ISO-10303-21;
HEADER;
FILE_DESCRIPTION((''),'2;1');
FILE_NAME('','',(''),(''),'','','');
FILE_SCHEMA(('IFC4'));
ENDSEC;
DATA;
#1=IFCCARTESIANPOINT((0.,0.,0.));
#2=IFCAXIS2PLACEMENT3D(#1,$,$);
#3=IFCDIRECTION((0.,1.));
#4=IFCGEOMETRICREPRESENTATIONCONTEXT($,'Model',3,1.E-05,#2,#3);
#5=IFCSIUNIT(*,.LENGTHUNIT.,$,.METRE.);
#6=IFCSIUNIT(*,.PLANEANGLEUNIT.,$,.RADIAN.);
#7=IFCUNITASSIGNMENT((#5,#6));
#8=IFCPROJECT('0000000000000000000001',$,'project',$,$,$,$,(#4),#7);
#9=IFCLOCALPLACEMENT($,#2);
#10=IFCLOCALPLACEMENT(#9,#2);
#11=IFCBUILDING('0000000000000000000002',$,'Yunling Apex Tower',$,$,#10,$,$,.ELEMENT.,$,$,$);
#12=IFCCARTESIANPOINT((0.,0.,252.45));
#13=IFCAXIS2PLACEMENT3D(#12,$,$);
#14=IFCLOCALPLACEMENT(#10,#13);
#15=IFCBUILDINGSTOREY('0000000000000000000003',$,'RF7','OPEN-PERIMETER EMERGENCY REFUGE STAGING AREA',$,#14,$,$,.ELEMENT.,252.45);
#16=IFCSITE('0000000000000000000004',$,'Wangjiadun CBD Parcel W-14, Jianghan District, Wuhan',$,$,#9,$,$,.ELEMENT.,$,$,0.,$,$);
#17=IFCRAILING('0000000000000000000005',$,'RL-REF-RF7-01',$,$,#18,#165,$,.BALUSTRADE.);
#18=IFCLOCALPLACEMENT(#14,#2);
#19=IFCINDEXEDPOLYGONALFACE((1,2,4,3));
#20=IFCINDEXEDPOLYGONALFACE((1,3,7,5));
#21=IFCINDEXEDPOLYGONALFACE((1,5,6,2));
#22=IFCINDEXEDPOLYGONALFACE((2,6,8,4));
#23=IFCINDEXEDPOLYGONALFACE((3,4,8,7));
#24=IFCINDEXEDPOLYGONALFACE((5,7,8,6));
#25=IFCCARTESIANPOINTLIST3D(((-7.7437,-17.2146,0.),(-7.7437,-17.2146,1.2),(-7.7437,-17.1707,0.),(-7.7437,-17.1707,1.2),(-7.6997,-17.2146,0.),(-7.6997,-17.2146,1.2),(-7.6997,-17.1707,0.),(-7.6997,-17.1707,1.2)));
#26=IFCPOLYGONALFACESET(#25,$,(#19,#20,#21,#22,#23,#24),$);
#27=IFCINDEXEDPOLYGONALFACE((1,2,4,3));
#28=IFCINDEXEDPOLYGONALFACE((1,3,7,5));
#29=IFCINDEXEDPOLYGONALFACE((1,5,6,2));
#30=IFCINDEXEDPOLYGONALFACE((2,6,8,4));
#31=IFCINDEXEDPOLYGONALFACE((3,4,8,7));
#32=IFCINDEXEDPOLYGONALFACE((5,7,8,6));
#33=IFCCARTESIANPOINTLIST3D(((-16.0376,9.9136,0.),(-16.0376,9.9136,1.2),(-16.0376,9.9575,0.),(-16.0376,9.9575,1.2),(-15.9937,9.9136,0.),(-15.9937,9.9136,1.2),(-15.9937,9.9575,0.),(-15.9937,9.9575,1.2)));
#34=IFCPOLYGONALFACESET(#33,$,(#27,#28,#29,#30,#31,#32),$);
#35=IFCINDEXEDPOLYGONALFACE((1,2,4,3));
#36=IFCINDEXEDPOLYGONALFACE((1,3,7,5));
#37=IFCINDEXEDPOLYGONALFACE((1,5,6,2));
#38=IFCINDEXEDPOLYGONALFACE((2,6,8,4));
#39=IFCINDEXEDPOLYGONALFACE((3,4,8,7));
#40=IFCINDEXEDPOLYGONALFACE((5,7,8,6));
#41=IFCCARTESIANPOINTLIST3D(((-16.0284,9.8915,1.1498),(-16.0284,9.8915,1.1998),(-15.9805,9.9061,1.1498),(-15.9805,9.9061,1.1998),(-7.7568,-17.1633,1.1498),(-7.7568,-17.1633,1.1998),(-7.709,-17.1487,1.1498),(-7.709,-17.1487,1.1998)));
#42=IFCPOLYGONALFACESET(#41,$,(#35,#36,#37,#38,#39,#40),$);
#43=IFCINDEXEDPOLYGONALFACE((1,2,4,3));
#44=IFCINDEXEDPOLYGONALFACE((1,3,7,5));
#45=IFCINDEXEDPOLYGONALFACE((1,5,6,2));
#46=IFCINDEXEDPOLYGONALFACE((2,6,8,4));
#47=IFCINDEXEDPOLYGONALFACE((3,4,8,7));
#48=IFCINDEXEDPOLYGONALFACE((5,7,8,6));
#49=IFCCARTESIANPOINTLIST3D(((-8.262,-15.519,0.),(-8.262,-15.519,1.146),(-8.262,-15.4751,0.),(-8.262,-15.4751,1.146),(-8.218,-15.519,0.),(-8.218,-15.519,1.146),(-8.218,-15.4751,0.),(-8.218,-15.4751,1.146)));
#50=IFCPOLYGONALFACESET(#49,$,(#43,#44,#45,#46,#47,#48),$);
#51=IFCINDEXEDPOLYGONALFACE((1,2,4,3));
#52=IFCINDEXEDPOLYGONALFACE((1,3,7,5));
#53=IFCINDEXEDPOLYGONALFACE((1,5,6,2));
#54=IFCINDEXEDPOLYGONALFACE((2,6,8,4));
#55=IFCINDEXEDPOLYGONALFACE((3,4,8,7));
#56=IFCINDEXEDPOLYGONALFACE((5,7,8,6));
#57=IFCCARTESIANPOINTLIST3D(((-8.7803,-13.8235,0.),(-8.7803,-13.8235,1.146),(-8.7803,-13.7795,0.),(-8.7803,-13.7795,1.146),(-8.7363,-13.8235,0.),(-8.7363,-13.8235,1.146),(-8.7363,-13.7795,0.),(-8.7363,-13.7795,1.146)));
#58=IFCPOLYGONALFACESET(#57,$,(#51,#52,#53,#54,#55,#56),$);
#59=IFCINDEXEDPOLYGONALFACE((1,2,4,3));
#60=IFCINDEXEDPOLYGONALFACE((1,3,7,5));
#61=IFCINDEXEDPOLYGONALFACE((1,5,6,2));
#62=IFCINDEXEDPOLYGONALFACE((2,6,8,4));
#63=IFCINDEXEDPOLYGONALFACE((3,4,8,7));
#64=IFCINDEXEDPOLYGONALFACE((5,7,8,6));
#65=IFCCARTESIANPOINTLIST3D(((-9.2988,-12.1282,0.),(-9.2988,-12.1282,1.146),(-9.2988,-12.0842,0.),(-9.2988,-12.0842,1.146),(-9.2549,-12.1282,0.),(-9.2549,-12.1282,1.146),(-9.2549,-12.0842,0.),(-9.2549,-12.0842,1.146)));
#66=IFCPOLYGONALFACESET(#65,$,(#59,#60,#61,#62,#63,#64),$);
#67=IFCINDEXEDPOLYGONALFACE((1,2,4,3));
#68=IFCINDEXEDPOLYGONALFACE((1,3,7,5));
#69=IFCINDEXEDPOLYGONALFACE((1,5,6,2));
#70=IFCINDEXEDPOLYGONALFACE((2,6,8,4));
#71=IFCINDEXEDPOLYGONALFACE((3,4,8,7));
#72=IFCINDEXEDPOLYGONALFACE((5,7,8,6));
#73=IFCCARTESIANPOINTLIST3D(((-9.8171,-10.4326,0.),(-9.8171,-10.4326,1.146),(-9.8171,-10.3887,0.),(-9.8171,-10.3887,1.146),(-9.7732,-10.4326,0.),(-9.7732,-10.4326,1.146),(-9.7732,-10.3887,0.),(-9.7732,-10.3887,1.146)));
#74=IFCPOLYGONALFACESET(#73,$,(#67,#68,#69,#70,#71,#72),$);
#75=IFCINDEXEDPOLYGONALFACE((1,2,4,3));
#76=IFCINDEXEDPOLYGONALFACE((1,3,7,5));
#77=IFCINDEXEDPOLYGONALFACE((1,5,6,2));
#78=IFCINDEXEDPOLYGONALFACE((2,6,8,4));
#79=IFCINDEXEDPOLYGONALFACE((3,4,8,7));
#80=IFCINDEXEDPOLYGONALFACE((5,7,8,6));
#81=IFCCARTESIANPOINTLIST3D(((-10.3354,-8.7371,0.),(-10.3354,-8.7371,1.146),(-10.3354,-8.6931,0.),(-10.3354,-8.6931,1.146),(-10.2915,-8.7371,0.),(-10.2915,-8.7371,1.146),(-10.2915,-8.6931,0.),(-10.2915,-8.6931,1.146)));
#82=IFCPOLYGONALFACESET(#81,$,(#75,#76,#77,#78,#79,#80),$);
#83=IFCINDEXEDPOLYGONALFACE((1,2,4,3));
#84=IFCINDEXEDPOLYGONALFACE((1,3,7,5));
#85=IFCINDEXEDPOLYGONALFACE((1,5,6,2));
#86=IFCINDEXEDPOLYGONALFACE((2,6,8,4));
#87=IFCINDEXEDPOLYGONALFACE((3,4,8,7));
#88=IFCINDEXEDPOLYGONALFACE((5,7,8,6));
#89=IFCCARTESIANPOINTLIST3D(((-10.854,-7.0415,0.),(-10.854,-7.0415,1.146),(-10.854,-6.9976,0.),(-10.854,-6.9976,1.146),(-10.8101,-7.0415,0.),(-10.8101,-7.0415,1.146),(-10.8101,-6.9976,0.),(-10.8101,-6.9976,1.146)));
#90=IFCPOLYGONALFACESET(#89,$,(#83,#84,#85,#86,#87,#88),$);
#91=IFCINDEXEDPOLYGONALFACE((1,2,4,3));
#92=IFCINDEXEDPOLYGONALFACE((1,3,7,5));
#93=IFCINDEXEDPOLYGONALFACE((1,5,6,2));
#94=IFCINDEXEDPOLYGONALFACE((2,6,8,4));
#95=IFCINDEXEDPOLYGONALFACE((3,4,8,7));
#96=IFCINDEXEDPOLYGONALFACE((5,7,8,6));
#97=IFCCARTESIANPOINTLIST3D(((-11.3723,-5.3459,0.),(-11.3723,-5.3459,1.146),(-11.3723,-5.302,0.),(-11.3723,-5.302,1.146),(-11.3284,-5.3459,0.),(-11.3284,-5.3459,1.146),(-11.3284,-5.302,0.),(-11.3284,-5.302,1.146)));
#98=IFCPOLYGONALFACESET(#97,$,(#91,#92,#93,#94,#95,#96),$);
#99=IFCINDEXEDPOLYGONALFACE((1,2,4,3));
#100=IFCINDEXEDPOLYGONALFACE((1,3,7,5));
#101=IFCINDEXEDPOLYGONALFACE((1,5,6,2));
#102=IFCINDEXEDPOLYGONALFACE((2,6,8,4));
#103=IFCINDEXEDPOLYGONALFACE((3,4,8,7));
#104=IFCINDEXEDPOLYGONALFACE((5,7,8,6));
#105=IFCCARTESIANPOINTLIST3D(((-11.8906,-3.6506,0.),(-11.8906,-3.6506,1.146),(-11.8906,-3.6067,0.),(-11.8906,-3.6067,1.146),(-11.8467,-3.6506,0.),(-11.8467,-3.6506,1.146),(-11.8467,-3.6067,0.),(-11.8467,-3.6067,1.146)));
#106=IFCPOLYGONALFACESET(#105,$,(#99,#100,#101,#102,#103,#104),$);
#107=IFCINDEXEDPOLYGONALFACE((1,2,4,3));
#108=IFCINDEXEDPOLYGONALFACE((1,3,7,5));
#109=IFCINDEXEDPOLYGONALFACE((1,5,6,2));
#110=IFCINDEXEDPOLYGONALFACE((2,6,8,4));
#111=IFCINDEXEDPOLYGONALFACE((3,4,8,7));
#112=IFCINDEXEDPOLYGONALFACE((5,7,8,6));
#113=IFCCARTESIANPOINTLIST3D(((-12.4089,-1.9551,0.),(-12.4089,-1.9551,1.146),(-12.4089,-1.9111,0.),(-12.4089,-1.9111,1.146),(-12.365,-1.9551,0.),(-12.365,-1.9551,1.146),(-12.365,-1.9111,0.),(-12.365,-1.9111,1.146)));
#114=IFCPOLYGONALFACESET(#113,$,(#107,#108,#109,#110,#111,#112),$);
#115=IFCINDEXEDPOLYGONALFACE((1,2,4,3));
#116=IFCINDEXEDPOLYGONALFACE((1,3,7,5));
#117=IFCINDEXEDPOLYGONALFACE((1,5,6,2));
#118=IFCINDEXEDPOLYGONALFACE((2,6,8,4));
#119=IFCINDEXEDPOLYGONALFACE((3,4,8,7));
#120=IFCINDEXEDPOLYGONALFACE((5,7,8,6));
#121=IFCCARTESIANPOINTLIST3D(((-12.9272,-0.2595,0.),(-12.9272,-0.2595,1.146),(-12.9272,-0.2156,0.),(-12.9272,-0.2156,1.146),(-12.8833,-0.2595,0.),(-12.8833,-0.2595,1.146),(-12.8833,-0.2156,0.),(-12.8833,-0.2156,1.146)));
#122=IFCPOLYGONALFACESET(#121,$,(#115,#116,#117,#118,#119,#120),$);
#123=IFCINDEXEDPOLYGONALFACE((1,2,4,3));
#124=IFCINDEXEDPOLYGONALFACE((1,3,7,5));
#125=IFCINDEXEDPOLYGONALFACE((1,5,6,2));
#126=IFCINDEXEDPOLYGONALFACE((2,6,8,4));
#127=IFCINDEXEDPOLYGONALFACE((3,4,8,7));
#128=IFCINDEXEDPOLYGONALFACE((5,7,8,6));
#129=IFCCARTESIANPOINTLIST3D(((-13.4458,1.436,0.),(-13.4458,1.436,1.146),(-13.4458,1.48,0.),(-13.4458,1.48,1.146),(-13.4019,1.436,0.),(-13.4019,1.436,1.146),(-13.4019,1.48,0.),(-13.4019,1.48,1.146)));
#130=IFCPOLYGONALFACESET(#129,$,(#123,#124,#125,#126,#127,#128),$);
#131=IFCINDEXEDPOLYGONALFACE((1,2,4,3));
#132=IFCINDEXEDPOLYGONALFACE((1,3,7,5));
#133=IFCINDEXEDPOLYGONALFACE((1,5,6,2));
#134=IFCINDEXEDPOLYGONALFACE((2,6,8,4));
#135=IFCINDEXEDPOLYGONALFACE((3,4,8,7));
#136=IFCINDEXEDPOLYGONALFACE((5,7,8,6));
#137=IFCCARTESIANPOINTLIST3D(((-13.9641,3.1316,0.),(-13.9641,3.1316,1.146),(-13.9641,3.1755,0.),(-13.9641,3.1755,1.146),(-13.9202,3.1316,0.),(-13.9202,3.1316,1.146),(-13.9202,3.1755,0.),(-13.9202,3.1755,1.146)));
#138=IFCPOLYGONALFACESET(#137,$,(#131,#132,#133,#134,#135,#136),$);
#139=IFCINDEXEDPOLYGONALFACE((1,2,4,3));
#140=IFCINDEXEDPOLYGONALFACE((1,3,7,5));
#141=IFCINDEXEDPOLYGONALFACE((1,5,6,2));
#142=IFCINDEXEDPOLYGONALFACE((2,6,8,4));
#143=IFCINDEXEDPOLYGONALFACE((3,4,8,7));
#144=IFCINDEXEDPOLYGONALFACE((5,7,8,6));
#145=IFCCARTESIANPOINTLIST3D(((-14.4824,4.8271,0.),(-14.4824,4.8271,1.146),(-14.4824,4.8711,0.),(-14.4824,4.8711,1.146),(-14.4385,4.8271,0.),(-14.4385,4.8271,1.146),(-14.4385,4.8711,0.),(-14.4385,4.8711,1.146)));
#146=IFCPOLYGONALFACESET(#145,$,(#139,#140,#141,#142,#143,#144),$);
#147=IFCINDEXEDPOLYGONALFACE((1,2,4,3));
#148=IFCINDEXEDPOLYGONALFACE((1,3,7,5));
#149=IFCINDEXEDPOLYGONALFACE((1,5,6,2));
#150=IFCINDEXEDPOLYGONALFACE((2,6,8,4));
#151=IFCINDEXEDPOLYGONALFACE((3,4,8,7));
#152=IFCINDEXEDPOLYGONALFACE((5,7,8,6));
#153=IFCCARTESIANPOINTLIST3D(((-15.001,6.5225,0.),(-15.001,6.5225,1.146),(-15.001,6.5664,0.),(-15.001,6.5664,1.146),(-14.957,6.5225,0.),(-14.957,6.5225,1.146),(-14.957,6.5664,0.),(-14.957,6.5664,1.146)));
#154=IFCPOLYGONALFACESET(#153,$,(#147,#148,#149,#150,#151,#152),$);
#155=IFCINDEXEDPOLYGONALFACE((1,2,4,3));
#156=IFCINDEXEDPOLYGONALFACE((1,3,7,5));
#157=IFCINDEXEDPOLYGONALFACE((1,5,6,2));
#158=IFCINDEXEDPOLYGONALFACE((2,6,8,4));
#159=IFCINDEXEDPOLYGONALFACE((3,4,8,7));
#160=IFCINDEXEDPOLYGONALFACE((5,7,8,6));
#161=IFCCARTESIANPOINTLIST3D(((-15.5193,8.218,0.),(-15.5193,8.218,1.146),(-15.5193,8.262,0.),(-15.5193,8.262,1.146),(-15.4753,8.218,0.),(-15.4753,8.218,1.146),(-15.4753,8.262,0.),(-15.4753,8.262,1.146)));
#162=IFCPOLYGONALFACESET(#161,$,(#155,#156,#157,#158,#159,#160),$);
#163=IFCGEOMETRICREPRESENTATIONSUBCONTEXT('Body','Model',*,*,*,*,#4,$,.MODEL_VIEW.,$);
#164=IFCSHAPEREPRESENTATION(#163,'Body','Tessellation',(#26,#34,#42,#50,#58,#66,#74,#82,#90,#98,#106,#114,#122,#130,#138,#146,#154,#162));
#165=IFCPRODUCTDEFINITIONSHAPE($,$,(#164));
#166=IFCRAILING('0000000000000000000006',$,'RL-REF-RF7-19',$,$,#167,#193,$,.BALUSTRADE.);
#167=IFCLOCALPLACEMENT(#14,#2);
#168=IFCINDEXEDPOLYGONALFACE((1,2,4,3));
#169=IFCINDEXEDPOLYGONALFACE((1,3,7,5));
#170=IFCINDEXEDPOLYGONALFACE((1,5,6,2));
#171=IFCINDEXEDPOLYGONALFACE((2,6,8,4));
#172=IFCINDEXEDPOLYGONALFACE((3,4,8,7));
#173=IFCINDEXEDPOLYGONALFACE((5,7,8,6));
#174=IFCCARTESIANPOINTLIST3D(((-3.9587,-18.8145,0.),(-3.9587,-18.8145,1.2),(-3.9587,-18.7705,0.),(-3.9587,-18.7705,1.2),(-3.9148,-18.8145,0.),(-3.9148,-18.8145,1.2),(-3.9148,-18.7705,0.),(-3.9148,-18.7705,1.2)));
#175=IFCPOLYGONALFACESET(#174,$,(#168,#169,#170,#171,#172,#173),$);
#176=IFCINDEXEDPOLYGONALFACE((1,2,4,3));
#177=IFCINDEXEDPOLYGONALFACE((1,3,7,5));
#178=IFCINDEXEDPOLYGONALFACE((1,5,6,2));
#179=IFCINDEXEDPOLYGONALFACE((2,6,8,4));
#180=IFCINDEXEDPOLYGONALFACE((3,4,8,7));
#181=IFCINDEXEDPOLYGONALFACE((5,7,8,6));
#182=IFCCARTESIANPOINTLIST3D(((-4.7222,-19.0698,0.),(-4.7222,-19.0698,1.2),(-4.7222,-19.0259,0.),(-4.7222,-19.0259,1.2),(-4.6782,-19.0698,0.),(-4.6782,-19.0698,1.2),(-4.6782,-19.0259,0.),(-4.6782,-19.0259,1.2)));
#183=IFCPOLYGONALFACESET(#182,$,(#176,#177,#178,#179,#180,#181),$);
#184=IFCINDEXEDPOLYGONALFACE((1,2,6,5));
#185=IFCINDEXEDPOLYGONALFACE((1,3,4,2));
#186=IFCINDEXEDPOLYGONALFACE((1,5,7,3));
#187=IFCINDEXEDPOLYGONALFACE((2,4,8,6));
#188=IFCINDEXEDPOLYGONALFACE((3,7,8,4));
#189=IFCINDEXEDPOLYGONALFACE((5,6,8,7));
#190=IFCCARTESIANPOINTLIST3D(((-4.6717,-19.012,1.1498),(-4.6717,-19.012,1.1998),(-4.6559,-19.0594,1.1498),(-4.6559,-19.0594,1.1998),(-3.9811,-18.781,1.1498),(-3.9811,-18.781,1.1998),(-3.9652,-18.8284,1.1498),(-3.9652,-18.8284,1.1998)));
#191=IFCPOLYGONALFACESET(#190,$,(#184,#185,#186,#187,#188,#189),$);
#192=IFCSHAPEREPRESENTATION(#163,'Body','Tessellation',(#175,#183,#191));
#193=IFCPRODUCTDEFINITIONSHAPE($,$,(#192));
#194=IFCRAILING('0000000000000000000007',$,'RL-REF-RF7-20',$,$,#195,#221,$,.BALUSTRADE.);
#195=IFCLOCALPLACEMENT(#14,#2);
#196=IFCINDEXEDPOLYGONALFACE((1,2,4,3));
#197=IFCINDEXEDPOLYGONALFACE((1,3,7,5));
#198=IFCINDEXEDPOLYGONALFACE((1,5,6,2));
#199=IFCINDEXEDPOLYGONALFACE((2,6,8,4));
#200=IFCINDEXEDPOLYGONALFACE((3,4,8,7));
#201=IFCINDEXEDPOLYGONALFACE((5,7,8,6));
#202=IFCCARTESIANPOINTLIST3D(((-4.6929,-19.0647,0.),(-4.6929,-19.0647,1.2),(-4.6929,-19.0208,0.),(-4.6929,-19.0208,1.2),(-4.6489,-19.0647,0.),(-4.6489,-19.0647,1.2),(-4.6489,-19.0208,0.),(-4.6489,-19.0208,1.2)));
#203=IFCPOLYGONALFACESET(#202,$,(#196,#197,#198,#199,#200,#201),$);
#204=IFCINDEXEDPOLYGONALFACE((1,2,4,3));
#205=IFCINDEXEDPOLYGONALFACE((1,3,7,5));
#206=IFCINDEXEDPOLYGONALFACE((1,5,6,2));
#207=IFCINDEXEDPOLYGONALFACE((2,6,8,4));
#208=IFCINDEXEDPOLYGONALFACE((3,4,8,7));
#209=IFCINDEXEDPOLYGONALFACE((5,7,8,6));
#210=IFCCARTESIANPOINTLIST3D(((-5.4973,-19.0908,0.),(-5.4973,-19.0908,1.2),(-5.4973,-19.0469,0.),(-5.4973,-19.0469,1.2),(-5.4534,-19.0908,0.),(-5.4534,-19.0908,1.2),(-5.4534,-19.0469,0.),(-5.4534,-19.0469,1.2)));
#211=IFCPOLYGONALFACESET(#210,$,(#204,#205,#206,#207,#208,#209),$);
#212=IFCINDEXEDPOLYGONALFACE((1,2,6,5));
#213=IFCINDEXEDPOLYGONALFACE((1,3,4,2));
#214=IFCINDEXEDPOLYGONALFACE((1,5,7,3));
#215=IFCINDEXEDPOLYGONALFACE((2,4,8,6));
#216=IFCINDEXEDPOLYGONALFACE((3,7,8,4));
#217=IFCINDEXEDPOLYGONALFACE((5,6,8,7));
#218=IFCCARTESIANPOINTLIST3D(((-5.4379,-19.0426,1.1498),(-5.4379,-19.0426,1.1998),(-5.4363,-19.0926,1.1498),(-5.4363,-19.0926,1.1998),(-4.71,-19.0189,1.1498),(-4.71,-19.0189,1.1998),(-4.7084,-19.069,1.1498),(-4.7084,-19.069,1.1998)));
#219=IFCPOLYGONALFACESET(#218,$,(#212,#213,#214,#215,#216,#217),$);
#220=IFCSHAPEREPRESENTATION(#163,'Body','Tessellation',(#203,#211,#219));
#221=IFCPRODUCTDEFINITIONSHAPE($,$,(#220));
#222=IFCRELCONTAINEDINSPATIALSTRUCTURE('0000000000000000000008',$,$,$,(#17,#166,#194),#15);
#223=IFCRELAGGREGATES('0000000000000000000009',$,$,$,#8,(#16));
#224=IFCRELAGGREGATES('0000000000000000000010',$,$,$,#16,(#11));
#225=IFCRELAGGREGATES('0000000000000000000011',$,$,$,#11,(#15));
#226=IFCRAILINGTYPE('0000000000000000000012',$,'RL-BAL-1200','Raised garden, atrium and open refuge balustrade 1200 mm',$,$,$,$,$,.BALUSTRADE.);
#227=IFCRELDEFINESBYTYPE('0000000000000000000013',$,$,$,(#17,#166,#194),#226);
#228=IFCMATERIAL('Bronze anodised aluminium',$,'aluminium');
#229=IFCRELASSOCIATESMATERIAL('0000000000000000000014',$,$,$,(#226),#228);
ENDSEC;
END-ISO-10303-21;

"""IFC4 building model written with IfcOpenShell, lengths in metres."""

from ifc_helpers import new_model, si_unit, direction, frame, origin, origin_2d, place, context, subcontext, project, spatial, rectangle, extrude, material, type_object, element, save


model = new_model("IFC4")

# Units and contexts
model_context = context("Model", 3, precision=1e-05, world=origin(), true_north=direction((0.0, 1.0)))
body_context = subcontext(model_context, "Body", "Model", "MODEL_VIEW")
ifc_project = project(units=[si_unit("LENGTHUNIT", "METRE"), si_unit("PLANEANGLEUNIT", "RADIAN")], contexts=[model_context])

# Site, building, storey
site_placement = place(None, origin())
site = spatial("IfcSite", under=ifc_project, at=site_placement, Name="Wangjiadun CBD Parcel W-14, Jianghan District, Wuhan", CompositionType="ELEMENT", RefElevation=0.0)
building_placement = place(site_placement, origin())
building = spatial("IfcBuilding", under=site, at=building_placement, Name="Yunling Apex Tower", CompositionType="ELEMENT")
storey_placement = place(building_placement, frame((0.0, 0.0, 252.45)))
storey = spatial("IfcBuildingStorey", under=building, at=storey_placement, Name="RF7", Description="OPEN-PERIMETER EMERGENCY REFUGE STAGING AREA", CompositionType="ELEMENT", Elevation=252.45)

# Railings
ifc_material_1 = material(Name="Bronze anodised aluminium", Category="aluminium")
railing_type = type_object("IfcRailingType", Name="RL-BAL-1200", Description="Raised garden, atrium and open refuge balustrade 1200 mm", PredefinedType="BALUSTRADE", material=ifc_material_1)
railing_1_placement = place(storey_placement, frame((-7.7217, -17.1926, 0.0)))
element("IfcRailing", 1, at=railing_1_placement, inside=storey, type_object=railing_type, Name="RL-REF-RF7-01", PredefinedType="BALUSTRADE", context=body_context, shape_type="SweptSolid", body=[
    extrude(rectangle(XDim=0.0439, YDim=0.0439, at=origin_2d()), origin(), (0.0, 0.0, 1.0), 1.2),
    extrude(rectangle(XDim=0.0439, YDim=0.0439, at=origin_2d()), frame((-8.2939, 27.1282, 0.0)), (0.0, 0.0, 1.0), 1.2),
    extrude(rectangle(XDim=0.05, YDim=0.05, at=origin_2d()), frame((-0.0112, 0.0366, 1.1748), z_axis=(-0.292373, 0.956304, 0.0), x_axis=(-0.956304, -0.292373, 0.0)), (0.0, 0.0, 1.0), 28.291),
    extrude(rectangle(XDim=0.0439, YDim=0.0439, at=origin_2d()), frame((-0.5183, 1.6956, 0.0)), (0.0, 0.0, 1.0), 1.146),
    extrude(rectangle(XDim=0.0439, YDim=0.0439, at=origin_2d()), frame((-1.0366, 3.3911, 0.0)), (0.0, 0.0, 1.0), 1.146),
    extrude(rectangle(XDim=0.0439, YDim=0.0439, at=origin_2d()), frame((-1.5552, 5.0864, 0.0)), (0.0, 0.0, 1.0), 1.146),
    extrude(rectangle(XDim=0.0439, YDim=0.0439, at=origin_2d()), frame((-2.0735, 6.782, 0.0)), (0.0, 0.0, 1.0), 1.146),
    extrude(rectangle(XDim=0.0439, YDim=0.0439, at=origin_2d()), frame((-2.5918, 8.4775, 0.0)), (0.0, 0.0, 1.0), 1.146),
    extrude(rectangle(XDim=0.0439, YDim=0.0439, at=origin_2d()), frame((-3.1104, 10.1731, 0.0)), (0.0, 0.0, 1.0), 1.146),
    extrude(rectangle(XDim=0.0439, YDim=0.0439, at=origin_2d()), frame((-3.6287, 11.8687, 0.0)), (0.0, 0.0, 1.0), 1.146),
    extrude(rectangle(XDim=0.0439, YDim=0.0439, at=origin_2d()), frame((-4.147, 13.564, 0.0)), (0.0, 0.0, 1.0), 1.146),
    extrude(rectangle(XDim=0.0439, YDim=0.0439, at=origin_2d()), frame((-4.6653, 15.2595, 0.0)), (0.0, 0.0, 1.0), 1.146),
    extrude(rectangle(XDim=0.0439, YDim=0.0439, at=origin_2d()), frame((-5.1836, 16.9551, 0.0)), (0.0, 0.0, 1.0), 1.146),
    extrude(rectangle(XDim=0.0439, YDim=0.0439, at=origin_2d()), frame((-5.7021, 18.6506, 0.0)), (0.0, 0.0, 1.0), 1.146),
    extrude(rectangle(XDim=0.0439, YDim=0.0439, at=origin_2d()), frame((-6.2205, 20.3462, 0.0)), (0.0, 0.0, 1.0), 1.146),
    extrude(rectangle(XDim=0.0439, YDim=0.0439, at=origin_2d()), frame((-6.7388, 22.0417, 0.0)), (0.0, 0.0, 1.0), 1.146),
    extrude(rectangle(XDim=0.0439, YDim=0.0439, at=origin_2d()), frame((-7.2573, 23.7371, 0.0)), (0.0, 0.0, 1.0), 1.146),
    extrude(rectangle(XDim=0.0439, YDim=0.0439, at=origin_2d()), frame((-7.7756, 25.4326, 0.0)), (0.0, 0.0, 1.0), 1.146),
])
railing_2_placement = place(storey_placement, frame((-3.9368, -18.7925, 0.0)))
element("IfcRailing", 2, at=railing_2_placement, inside=storey, type_object=railing_type, Name="RL-REF-RF7-19", PredefinedType="BALUSTRADE", context=body_context, shape_type="SweptSolid", body=[
    extrude(rectangle(XDim=0.0439, YDim=0.0439, at=origin_2d()), origin(), (0.0, 0.0, 1.0), 1.2),
    extrude(rectangle(XDim=0.0439, YDim=0.0439, at=origin_2d()), frame((-0.7634, -0.2554, 0.0)), (0.0, 0.0, 1.0), 1.2),
    extrude(rectangle(XDim=0.05, YDim=0.05, at=origin_2d()), frame((-0.0364, -0.0122, 1.1748), z_axis=(-0.948349, -0.317228, 0.0), x_axis=(0.317228, -0.948349, 0.0)), (0.0, 0.0, 1.0), 0.7283),
])
railing_3_placement = place(storey_placement, frame((-4.6709, -19.0427, 0.0)))
element("IfcRailing", 3, at=railing_3_placement, inside=storey, type_object=railing_type, Name="RL-REF-RF7-20", PredefinedType="BALUSTRADE", context=body_context, shape_type="SweptSolid", body=[
    extrude(rectangle(XDim=0.0439, YDim=0.0439, at=origin_2d()), origin(), (0.0, 0.0, 1.0), 1.2),
    extrude(rectangle(XDim=0.0439, YDim=0.0439, at=origin_2d()), frame((-0.8044, -0.0261, 0.0)), (0.0, 0.0, 1.0), 1.2),
    extrude(rectangle(XDim=0.05, YDim=0.05, at=origin_2d()), frame((-0.0383, -0.0012, 1.1748), z_axis=(-0.999473, -0.032456, 0.0), x_axis=(0.032456, -0.999473, 0.0)), (0.0, 0.0, 1.0), 0.7283),
])

save(model, "model.ifc")
